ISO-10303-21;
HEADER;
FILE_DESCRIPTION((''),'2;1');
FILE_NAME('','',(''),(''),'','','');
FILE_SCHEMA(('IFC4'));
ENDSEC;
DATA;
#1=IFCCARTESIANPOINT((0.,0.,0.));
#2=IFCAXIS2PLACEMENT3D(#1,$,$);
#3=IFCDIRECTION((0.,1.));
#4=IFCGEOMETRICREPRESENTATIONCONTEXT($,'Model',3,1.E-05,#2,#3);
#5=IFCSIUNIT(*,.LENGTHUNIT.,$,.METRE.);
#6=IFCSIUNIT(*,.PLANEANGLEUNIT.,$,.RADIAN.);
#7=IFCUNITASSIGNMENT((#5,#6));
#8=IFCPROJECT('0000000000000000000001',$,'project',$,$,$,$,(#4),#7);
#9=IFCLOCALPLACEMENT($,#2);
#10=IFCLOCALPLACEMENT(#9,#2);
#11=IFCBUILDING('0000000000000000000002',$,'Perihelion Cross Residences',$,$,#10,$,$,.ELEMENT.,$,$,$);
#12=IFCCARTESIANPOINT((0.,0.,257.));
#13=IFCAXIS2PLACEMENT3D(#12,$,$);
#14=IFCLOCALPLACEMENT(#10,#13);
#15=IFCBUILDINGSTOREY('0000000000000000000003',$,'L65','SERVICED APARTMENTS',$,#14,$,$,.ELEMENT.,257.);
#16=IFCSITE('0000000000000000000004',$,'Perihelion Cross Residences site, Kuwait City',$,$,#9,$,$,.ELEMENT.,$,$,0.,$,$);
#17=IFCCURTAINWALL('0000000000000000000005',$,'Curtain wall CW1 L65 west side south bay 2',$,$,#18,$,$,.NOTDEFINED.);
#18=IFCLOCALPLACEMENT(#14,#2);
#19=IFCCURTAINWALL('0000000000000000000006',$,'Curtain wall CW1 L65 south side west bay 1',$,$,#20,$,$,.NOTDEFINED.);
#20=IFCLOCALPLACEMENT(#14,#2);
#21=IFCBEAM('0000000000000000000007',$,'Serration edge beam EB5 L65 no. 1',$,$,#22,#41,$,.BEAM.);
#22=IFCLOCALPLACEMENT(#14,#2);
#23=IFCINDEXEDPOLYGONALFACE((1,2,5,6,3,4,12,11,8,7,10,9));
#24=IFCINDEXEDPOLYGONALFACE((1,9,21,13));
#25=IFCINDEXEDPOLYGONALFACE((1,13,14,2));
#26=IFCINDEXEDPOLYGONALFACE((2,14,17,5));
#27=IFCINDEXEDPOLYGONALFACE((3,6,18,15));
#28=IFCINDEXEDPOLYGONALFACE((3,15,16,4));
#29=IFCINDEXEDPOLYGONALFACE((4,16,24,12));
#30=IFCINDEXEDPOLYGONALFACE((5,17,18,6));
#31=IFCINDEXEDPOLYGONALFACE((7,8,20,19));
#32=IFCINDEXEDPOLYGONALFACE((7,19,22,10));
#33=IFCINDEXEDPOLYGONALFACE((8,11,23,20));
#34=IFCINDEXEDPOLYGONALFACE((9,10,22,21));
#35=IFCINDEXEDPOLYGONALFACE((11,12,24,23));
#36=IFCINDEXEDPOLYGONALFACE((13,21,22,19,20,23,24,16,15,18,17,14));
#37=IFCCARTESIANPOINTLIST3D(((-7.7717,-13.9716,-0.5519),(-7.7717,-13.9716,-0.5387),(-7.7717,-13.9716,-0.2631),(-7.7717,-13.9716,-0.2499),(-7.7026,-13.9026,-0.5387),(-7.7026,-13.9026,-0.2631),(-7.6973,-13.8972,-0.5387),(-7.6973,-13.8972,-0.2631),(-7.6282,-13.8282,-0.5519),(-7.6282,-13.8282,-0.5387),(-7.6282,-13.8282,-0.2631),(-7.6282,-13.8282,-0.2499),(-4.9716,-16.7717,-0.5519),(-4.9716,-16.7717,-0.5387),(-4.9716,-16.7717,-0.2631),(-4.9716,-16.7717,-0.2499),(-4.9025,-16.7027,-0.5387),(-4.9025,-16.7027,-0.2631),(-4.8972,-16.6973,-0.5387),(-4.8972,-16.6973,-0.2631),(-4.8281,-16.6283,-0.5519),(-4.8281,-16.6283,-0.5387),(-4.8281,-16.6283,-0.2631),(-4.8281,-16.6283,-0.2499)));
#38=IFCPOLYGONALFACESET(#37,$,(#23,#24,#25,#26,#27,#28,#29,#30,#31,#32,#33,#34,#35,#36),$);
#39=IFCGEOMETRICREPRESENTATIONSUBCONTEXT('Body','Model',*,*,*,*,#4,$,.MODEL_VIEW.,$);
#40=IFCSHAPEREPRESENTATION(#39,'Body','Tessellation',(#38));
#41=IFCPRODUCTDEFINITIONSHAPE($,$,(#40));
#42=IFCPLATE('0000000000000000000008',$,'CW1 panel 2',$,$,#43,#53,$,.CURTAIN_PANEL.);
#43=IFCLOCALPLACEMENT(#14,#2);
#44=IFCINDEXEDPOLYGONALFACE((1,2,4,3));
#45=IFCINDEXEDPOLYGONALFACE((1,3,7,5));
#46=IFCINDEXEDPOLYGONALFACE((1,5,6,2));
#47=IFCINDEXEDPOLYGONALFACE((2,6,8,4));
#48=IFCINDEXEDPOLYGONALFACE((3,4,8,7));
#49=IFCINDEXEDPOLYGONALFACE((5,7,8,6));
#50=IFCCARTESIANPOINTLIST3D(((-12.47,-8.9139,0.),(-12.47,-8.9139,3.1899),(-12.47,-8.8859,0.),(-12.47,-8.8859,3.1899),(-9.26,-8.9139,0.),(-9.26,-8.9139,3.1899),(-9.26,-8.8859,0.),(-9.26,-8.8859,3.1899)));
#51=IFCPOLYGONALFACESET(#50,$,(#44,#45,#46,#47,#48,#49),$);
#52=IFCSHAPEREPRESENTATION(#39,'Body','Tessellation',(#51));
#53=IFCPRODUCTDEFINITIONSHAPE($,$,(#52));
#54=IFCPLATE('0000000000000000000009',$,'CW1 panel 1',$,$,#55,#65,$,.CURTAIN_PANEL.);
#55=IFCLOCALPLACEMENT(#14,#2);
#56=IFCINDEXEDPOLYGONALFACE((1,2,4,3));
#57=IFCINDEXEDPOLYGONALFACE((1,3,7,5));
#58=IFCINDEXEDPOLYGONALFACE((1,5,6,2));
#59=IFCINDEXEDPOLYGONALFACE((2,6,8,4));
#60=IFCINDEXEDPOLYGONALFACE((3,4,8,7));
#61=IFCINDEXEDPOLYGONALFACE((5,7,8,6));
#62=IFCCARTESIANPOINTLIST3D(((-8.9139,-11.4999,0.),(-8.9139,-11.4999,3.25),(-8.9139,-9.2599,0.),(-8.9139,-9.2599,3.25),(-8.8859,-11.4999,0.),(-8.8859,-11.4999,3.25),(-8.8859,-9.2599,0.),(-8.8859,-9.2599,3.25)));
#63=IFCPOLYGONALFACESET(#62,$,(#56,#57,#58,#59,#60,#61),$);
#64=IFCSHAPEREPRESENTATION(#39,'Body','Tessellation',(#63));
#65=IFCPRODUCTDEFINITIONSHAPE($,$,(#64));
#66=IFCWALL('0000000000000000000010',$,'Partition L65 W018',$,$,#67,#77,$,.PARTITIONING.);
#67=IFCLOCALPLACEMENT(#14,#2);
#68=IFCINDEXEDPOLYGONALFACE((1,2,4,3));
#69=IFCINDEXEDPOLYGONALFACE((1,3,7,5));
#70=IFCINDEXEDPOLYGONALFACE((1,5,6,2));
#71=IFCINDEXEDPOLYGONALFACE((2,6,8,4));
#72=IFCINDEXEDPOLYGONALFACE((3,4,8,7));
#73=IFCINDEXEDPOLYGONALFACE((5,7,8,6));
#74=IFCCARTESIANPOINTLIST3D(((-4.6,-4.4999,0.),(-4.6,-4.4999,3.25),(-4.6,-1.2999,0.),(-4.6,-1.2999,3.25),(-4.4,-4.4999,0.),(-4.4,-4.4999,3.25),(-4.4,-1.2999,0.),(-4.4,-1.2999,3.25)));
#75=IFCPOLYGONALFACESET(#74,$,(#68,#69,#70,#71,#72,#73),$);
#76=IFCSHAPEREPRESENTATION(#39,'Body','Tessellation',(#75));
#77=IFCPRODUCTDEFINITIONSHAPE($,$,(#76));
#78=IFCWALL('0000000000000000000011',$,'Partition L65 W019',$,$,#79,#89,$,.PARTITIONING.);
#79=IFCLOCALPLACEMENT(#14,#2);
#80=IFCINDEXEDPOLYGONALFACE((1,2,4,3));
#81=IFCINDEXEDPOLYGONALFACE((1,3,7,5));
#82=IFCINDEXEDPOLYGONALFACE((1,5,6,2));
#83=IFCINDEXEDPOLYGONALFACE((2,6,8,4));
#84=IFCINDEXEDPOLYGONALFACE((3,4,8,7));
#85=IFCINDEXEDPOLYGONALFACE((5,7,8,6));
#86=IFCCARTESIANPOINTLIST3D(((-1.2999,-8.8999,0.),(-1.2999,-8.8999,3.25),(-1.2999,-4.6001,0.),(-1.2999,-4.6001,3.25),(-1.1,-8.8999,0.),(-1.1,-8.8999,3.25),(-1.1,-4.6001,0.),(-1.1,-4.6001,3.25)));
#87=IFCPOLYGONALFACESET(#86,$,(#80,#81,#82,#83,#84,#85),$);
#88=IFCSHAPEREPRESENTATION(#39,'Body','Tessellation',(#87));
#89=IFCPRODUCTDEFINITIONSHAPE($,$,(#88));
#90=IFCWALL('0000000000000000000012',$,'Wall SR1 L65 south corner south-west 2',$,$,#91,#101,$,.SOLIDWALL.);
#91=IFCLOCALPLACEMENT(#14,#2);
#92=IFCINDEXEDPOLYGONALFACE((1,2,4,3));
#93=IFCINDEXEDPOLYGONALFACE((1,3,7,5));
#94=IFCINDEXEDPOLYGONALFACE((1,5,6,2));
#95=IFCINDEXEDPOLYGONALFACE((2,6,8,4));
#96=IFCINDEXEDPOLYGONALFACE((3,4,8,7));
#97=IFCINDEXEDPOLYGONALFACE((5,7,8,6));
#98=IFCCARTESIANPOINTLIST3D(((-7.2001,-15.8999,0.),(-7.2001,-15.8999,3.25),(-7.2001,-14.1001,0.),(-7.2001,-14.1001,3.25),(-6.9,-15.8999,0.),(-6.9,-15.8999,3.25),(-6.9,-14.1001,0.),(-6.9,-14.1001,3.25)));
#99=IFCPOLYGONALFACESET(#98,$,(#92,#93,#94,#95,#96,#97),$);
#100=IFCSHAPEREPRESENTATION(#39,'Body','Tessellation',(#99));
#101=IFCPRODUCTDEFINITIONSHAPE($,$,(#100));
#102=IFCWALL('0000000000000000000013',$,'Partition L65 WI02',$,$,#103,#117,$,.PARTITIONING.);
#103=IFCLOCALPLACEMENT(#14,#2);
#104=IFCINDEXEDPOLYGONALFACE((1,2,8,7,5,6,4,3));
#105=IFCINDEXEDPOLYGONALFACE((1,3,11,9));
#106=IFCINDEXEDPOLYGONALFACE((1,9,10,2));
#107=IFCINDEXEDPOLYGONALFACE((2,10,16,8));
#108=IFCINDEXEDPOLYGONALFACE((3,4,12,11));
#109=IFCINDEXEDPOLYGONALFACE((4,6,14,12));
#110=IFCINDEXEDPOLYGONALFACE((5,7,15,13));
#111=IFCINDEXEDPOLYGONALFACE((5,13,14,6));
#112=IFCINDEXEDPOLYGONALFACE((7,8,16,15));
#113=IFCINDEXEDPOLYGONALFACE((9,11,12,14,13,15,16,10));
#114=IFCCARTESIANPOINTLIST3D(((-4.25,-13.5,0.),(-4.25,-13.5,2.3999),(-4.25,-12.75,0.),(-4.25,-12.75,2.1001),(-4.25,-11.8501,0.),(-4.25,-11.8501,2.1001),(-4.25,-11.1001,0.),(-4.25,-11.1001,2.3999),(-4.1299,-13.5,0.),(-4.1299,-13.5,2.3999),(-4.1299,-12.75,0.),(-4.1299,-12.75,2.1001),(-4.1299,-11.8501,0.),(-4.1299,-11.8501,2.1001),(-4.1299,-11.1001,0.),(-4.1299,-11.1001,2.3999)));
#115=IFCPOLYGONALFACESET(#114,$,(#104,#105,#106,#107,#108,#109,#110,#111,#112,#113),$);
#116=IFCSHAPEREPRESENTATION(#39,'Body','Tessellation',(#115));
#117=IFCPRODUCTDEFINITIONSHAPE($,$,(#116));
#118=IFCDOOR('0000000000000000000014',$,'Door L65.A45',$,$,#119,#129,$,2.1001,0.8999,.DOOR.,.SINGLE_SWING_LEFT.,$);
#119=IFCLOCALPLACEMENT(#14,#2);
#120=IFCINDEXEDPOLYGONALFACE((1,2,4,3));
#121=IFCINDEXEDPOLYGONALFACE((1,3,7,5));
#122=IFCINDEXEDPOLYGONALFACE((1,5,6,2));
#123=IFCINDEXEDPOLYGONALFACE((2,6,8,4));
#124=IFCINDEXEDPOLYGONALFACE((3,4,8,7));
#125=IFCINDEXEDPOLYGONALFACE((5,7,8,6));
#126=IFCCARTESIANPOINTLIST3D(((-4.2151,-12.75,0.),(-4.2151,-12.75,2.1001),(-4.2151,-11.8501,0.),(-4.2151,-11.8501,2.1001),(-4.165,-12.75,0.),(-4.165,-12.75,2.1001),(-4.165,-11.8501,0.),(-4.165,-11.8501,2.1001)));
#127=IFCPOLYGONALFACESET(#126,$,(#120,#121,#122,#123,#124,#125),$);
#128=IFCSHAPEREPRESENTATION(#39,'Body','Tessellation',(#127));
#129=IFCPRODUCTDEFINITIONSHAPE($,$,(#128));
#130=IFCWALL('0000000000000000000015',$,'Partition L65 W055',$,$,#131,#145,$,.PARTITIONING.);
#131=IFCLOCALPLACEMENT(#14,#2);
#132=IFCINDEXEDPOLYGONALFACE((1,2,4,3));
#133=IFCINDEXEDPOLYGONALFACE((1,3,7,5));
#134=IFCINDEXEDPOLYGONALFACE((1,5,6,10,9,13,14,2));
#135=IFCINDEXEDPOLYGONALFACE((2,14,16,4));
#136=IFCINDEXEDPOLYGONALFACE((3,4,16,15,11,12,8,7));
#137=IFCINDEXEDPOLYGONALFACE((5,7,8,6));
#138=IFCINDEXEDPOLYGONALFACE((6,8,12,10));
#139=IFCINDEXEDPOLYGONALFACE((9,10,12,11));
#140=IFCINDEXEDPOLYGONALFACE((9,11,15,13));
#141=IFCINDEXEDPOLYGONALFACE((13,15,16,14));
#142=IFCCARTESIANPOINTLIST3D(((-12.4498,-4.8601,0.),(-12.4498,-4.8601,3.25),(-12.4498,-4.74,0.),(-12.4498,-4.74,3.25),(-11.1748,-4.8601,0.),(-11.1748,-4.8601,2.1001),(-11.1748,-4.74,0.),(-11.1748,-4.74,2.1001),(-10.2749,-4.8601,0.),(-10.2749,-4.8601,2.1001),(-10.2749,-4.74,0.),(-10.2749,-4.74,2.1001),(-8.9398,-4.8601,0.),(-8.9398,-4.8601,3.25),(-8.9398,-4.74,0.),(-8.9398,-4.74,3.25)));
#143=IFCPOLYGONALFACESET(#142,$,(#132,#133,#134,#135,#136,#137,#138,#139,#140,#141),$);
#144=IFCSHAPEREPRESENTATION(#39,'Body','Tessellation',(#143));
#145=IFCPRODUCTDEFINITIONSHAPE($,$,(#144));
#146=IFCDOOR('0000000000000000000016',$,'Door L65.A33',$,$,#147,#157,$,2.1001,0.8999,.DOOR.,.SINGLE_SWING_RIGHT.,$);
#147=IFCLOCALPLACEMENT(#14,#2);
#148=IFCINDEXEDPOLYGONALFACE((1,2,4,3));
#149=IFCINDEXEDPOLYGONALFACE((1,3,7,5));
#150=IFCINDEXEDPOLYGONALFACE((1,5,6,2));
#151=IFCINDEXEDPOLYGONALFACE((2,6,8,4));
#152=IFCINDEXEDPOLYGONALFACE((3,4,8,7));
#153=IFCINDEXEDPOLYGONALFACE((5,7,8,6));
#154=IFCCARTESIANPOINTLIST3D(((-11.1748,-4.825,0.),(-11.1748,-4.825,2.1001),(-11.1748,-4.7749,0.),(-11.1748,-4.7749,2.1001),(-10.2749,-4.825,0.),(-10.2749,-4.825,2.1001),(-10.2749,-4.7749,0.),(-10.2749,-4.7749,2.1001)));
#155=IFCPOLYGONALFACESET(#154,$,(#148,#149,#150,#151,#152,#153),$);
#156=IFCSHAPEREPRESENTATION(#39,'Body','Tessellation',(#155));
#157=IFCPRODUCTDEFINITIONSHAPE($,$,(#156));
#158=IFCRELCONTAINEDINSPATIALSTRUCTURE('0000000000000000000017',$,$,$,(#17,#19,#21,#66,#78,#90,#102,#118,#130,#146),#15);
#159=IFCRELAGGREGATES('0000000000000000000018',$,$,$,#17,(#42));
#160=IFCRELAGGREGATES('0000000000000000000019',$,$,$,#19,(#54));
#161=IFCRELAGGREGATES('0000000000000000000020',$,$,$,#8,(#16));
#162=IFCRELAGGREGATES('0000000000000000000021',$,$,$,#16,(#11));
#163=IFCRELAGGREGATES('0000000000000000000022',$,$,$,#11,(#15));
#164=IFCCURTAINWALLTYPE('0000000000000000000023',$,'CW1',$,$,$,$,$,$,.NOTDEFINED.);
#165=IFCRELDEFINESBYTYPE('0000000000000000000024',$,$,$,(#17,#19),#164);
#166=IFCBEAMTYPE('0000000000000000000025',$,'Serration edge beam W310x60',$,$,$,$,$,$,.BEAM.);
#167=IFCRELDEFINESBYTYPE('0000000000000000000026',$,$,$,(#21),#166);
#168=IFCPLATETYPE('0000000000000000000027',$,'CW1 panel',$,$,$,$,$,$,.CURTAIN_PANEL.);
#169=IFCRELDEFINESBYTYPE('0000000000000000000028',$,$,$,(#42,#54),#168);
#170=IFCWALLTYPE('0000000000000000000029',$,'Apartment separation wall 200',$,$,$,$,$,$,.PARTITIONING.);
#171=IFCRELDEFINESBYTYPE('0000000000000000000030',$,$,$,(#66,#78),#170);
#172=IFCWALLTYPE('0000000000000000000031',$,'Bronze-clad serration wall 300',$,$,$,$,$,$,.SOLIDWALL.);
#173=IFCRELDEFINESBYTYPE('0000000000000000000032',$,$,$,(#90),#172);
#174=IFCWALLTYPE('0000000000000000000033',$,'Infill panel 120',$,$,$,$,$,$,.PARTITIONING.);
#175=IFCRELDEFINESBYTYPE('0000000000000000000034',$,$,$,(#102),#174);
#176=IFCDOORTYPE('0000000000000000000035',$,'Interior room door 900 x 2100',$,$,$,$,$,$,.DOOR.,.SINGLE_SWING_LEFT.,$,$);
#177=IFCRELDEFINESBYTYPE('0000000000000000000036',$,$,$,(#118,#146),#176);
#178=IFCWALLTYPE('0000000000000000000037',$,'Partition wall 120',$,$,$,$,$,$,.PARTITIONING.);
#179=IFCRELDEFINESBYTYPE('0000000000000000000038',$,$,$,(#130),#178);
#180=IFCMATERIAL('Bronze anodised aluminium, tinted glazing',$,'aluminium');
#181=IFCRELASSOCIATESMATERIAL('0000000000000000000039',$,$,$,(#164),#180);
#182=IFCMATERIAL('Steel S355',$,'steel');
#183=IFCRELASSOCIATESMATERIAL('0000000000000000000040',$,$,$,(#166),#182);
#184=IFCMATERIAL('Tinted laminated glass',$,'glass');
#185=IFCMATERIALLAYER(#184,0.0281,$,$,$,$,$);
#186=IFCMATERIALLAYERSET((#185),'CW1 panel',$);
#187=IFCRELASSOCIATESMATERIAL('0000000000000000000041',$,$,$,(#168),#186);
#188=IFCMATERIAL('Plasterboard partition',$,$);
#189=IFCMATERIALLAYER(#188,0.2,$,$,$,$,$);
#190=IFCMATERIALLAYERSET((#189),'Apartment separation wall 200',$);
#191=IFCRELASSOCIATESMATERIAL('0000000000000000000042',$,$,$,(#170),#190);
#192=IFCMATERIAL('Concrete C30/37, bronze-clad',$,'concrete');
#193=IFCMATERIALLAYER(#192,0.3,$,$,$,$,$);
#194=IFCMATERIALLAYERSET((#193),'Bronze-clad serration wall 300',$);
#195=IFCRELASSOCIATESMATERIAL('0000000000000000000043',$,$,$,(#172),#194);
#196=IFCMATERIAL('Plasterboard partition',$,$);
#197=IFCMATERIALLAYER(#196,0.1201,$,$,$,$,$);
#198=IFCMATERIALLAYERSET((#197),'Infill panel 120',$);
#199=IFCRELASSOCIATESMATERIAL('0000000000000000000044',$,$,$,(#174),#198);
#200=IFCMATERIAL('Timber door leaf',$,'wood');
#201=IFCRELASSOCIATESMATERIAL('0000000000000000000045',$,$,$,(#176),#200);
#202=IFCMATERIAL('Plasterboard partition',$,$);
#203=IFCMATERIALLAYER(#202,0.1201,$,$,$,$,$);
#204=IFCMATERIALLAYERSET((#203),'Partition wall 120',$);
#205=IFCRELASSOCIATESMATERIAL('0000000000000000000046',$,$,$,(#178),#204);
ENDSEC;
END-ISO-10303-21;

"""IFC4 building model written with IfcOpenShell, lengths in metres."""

from ifc_helpers import new_model, si_unit, direction, frame, frame_2d, origin, origin_2d, place, context, subcontext, project, spatial, rectangle, i_section, extrude, material, layer, layer_set, material_profile, profile_set, type_object, element, fill, aggregate, save


model = new_model("IFC4")

# Units and contexts
model_context = context("Model", 3, precision=1e-05, world=origin(), true_north=direction((0.0, 1.0)))
body_context = subcontext(model_context, "Body", "Model", "MODEL_VIEW")
ifc_project = project(units=[si_unit("LENGTHUNIT", "METRE"), si_unit("PLANEANGLEUNIT", "RADIAN")], contexts=[model_context])

# Site, building, storey
site_placement = place(None, origin())
site = spatial("IfcSite", under=ifc_project, at=site_placement, Name="Perihelion Cross Residences site, Kuwait City", CompositionType="ELEMENT", RefElevation=0.0)
building_placement = place(site_placement, origin())
building = spatial("IfcBuilding", under=site, at=building_placement, Name="Perihelion Cross Residences", CompositionType="ELEMENT")
storey_placement = place(building_placement, frame((0.0, 0.0, 257.0)))
storey = spatial("IfcBuildingStorey", under=building, at=storey_placement, Name="L65", Description="SERVICED APARTMENTS", CompositionType="ELEMENT", Elevation=257.0)

# Curtain walls
ifc_material_1 = material(Name="Bronze anodised aluminium, tinted glazing", Category="aluminium")
curtain_wall_type = type_object("IfcCurtainWallType", Name="CW1", PredefinedType="NOTDEFINED", material=ifc_material_1)
curtain_wall_1_placement = place(storey_placement, origin())
curtain_wall_1 = element("IfcCurtainWall", 1, at=curtain_wall_1_placement, inside=storey, type_object=curtain_wall_type, Name="Curtain wall CW1 L65 west side south bay 2", PredefinedType="NOTDEFINED")
curtain_wall_2_placement = place(storey_placement, origin())
curtain_wall_2 = element("IfcCurtainWall", 2, at=curtain_wall_2_placement, inside=storey, type_object=curtain_wall_type, Name="Curtain wall CW1 L65 south side west bay 1", PredefinedType="NOTDEFINED")

# Beam
ifc_material_2 = material(Name="Steel S355", Category="steel")
ifc_material_profile_1 = material_profile(ifc_material_2, i_section(OverallWidth=0.2029, OverallDepth=0.302, WebThickness=0.0076, FlangeThickness=0.0132, at=origin_2d()), Name="W310x60")
ifc_profile_set_1 = profile_set([ifc_material_profile_1], Name="Steel S355")
beam_type_1 = type_object("IfcBeamType", Name="Serration edge beam W310x60", PredefinedType="BEAM", material=ifc_profile_set_1)
beam_1_placement = place(storey_placement, frame((-7.7, -13.8999, -0.4009), z_axis=(0.707107, -0.707107, 0.0), x_axis=(0.707107, 0.707107, 0.0)))
element("IfcBeam", 3, at=beam_1_placement, inside=storey, type_object=beam_type_1, Name="Serration edge beam EB5 L65 no. 1", PredefinedType="BEAM", context=body_context, shape_type="SweptSolid", body=[
    extrude(i_section(OverallWidth=0.2029, OverallDepth=0.302, WebThickness=0.0076, FlangeThickness=0.0132, at=origin_2d()), origin(), (0.0, 0.0, 1.0), 3.96),
])

# Plates
ifc_material_3 = material(Name="Tinted laminated glass", Category="glass")
ifc_layer_1 = layer(ifc_material_3, 0.0281)
ifc_layer_set_1 = layer_set([ifc_layer_1], Name="CW1 panel")
plate_type = type_object("IfcPlateType", Name="CW1 panel", PredefinedType="CURTAIN_PANEL", material=ifc_layer_set_1)
plate_1_placement = place(storey_placement, frame((-10.865, -8.8999, 0.0), z_axis=(0.0, 0.0, 1.0), x_axis=(1.0, 0.0, 0.0)))
plate_1 = element("IfcPlate", 4, at=plate_1_placement, type_object=plate_type, Name="CW1 panel 2", PredefinedType="CURTAIN_PANEL", context=body_context, shape_type="SweptSolid", body=[
    extrude(rectangle(XDim=3.21, YDim=0.0281, at=origin_2d()), origin(), (0.0, 0.0, 1.0), 3.1899),
])
aggregate(curtain_wall_1, [plate_1])
plate_2_placement = place(storey_placement, frame((-8.8999, -10.3799, 0.0), z_axis=(0.0, 0.0, 1.0), x_axis=(0.0, -1.0, 0.0)))
plate_2 = element("IfcPlate", 5, at=plate_2_placement, type_object=plate_type, Name="CW1 panel 1", PredefinedType="CURTAIN_PANEL", context=body_context, shape_type="SweptSolid", body=[
    extrude(rectangle(XDim=2.24, YDim=0.0281, at=origin_2d()), origin(), (0.0, 0.0, 1.0), 3.25),
])
aggregate(curtain_wall_2, [plate_2])

# Walls
ifc_material_4 = material(Name="Plasterboard partition")
ifc_layer_2 = layer(ifc_material_4, 0.2)
ifc_layer_set_2 = layer_set([ifc_layer_2], Name="Apartment separation wall 200")
wall_type_1 = type_object("IfcWallType", Name="Apartment separation wall 200", PredefinedType="PARTITIONING", material=ifc_layer_set_2)
wall_1_placement = place(storey_placement, frame((-4.5, -4.5, 0.0), z_axis=(0.0, 0.0, 1.0), x_axis=(0.0, 1.0, 0.0)))
element("IfcWall", 6, at=wall_1_placement, inside=storey, type_object=wall_type_1, Name="Partition L65 W018", PredefinedType="PARTITIONING", context=body_context, shape_type="SweptSolid", body=[
    extrude(rectangle(XDim=3.2, YDim=0.2, at=frame_2d((1.6001, 0.0))), origin(), (0.0, 0.0, 1.0), 3.25),
])
wall_2_placement = place(storey_placement, frame((-1.2, -8.8999, 0.0), z_axis=(0.0, 0.0, 1.0), x_axis=(0.0, 1.0, 0.0)))
element("IfcWall", 7, at=wall_2_placement, inside=storey, type_object=wall_type_1, Name="Partition L65 W019", PredefinedType="PARTITIONING", context=body_context, shape_type="SweptSolid", body=[
    extrude(rectangle(XDim=4.2998, YDim=0.2, at=frame_2d((2.1499, 0.0))), origin(), (0.0, 0.0, 1.0), 3.25),
])

# Wall
ifc_material_5 = material(Name="Concrete C30/37, bronze-clad", Category="concrete")
ifc_layer_3 = layer(ifc_material_5, 0.3)
ifc_layer_set_3 = layer_set([ifc_layer_3], Name="Bronze-clad serration wall 300")
wall_type_2 = type_object("IfcWallType", Name="Bronze-clad serration wall 300", PredefinedType="SOLIDWALL", material=ifc_layer_set_3)
wall_3_placement = place(storey_placement, frame((-7.05, -14.1001, 0.0), z_axis=(0.0, 0.0, 1.0), x_axis=(0.0, -1.0, 0.0)))
element("IfcWall", 8, at=wall_3_placement, inside=storey, type_object=wall_type_2, Name="Wall SR1 L65 south corner south-west 2", PredefinedType="SOLIDWALL", context=body_context, shape_type="SweptSolid", body=[
    extrude(rectangle(XDim=1.7998, YDim=0.3, at=frame_2d((0.8999, 0.0))), origin(), (0.0, 0.0, 1.0), 3.25),
])

# Walls, openings, doors
ifc_material_6 = material(Name="Plasterboard partition")
ifc_layer_4 = layer(ifc_material_6, 0.1201)
ifc_layer_set_4 = layer_set([ifc_layer_4], Name="Infill panel 120")
wall_type_3 = type_object("IfcWallType", Name="Infill panel 120", PredefinedType="PARTITIONING", material=ifc_layer_set_4)
wall_4_placement = place(storey_placement, frame((-4.1899, -11.1001, 0.0), z_axis=(0.0, 0.0, 1.0), x_axis=(0.0, -1.0, 0.0)))
wall_4 = element("IfcWall", 9, at=wall_4_placement, inside=storey, type_object=wall_type_3, Name="Partition L65 WI02", PredefinedType="PARTITIONING", context=body_context, shape_type="SweptSolid", body=[
    extrude(rectangle(XDim=2.3999, YDim=0.1201, at=frame_2d((1.2, 0.0))), origin(), (0.0, 0.0, 1.0), 2.3999),
])
opening_1_placement = place(wall_4_placement, frame((0.75, 0.0, 0.0)))
opening_1 = element("IfcOpeningElement", 10, at=opening_1_placement, cuts=wall_4, PredefinedType="OPENING", context=body_context, shape_type="SweptSolid", body=[
    extrude(rectangle(XDim=0.8999, YDim=2.1001, at=frame_2d((0.45, 1.05))), frame((0.0, 0.0701, 0.0), z_axis=(0.0, -1.0, 0.0), x_axis=(1.0, 0.0, 0.0)), (0.0, 0.0, 1.0), 0.1401),
])
ifc_material_7 = material(Name="Timber door leaf", Category="wood")
door_type_1 = type_object("IfcDoorType", Name="Interior room door 900 x 2100", OperationType="SINGLE_SWING_LEFT", PredefinedType="DOOR", material=ifc_material_7)
door_1_placement = place(opening_1_placement, origin())
door_1 = element("IfcDoor", 11, at=door_1_placement, inside=storey, type_object=door_type_1, Name="Door L65.A45", OperationType="SINGLE_SWING_LEFT", OverallHeight=2.1001, OverallWidth=0.8999, PredefinedType="DOOR", context=body_context, shape_type="SweptSolid", body=[
    extrude(rectangle(XDim=0.8999, YDim=2.1001, at=frame_2d((0.45, 1.05))), frame((0.0, 0.0249, 0.0), z_axis=(0.0, -1.0, 0.0), x_axis=(1.0, 0.0, 0.0)), (0.0, 0.0, 1.0), 0.05),
])
fill(opening_1, door_1)
ifc_material_8 = material(Name="Plasterboard partition")
ifc_layer_5 = layer(ifc_material_8, 0.1201)
ifc_layer_set_5 = layer_set([ifc_layer_5], Name="Partition wall 120")
wall_type_4 = type_object("IfcWallType", Name="Partition wall 120", PredefinedType="PARTITIONING", material=ifc_layer_set_5)
wall_5_placement = place(storey_placement, frame((-8.9399, -4.8, 0.0), z_axis=(0.0, 0.0, 1.0), x_axis=(-1.0, 0.0, 0.0)))
wall_5 = element("IfcWall", 12, at=wall_5_placement, inside=storey, type_object=wall_type_4, Name="Partition L65 W055", PredefinedType="PARTITIONING", context=body_context, shape_type="SweptSolid", body=[
    extrude(rectangle(XDim=3.51, YDim=0.1201, at=frame_2d((1.7549, 0.0))), origin(), (0.0, 0.0, 1.0), 3.25),
])
opening_2_placement = place(wall_5_placement, frame((1.335, 0.0, 0.0)))
opening_2 = element("IfcOpeningElement", 13, at=opening_2_placement, cuts=wall_5, PredefinedType="OPENING", context=body_context, shape_type="SweptSolid", body=[
    extrude(rectangle(XDim=0.8999, YDim=2.1001, at=frame_2d((0.45, 1.05))), frame((0.0, 0.0701, 0.0), z_axis=(0.0, -1.0, 0.0), x_axis=(1.0, 0.0, 0.0)), (0.0, 0.0, 1.0), 0.1401),
])
door_2_placement = place(opening_2_placement, origin())
door_2 = element("IfcDoor", 14, at=door_2_placement, inside=storey, type_object=door_type_1, Name="Door L65.A33", OperationType="SINGLE_SWING_RIGHT", OverallHeight=2.1001, OverallWidth=0.8999, PredefinedType="DOOR", context=body_context, shape_type="SweptSolid", body=[
    extrude(rectangle(XDim=0.8999, YDim=2.1001, at=frame_2d((0.45, 1.05))), frame((0.0, 0.0249, 0.0), z_axis=(0.0, -1.0, 0.0), x_axis=(1.0, 0.0, 0.0)), (0.0, 0.0, 1.0), 0.05),
])
fill(opening_2, door_2)

save(model, "model.ifc")
